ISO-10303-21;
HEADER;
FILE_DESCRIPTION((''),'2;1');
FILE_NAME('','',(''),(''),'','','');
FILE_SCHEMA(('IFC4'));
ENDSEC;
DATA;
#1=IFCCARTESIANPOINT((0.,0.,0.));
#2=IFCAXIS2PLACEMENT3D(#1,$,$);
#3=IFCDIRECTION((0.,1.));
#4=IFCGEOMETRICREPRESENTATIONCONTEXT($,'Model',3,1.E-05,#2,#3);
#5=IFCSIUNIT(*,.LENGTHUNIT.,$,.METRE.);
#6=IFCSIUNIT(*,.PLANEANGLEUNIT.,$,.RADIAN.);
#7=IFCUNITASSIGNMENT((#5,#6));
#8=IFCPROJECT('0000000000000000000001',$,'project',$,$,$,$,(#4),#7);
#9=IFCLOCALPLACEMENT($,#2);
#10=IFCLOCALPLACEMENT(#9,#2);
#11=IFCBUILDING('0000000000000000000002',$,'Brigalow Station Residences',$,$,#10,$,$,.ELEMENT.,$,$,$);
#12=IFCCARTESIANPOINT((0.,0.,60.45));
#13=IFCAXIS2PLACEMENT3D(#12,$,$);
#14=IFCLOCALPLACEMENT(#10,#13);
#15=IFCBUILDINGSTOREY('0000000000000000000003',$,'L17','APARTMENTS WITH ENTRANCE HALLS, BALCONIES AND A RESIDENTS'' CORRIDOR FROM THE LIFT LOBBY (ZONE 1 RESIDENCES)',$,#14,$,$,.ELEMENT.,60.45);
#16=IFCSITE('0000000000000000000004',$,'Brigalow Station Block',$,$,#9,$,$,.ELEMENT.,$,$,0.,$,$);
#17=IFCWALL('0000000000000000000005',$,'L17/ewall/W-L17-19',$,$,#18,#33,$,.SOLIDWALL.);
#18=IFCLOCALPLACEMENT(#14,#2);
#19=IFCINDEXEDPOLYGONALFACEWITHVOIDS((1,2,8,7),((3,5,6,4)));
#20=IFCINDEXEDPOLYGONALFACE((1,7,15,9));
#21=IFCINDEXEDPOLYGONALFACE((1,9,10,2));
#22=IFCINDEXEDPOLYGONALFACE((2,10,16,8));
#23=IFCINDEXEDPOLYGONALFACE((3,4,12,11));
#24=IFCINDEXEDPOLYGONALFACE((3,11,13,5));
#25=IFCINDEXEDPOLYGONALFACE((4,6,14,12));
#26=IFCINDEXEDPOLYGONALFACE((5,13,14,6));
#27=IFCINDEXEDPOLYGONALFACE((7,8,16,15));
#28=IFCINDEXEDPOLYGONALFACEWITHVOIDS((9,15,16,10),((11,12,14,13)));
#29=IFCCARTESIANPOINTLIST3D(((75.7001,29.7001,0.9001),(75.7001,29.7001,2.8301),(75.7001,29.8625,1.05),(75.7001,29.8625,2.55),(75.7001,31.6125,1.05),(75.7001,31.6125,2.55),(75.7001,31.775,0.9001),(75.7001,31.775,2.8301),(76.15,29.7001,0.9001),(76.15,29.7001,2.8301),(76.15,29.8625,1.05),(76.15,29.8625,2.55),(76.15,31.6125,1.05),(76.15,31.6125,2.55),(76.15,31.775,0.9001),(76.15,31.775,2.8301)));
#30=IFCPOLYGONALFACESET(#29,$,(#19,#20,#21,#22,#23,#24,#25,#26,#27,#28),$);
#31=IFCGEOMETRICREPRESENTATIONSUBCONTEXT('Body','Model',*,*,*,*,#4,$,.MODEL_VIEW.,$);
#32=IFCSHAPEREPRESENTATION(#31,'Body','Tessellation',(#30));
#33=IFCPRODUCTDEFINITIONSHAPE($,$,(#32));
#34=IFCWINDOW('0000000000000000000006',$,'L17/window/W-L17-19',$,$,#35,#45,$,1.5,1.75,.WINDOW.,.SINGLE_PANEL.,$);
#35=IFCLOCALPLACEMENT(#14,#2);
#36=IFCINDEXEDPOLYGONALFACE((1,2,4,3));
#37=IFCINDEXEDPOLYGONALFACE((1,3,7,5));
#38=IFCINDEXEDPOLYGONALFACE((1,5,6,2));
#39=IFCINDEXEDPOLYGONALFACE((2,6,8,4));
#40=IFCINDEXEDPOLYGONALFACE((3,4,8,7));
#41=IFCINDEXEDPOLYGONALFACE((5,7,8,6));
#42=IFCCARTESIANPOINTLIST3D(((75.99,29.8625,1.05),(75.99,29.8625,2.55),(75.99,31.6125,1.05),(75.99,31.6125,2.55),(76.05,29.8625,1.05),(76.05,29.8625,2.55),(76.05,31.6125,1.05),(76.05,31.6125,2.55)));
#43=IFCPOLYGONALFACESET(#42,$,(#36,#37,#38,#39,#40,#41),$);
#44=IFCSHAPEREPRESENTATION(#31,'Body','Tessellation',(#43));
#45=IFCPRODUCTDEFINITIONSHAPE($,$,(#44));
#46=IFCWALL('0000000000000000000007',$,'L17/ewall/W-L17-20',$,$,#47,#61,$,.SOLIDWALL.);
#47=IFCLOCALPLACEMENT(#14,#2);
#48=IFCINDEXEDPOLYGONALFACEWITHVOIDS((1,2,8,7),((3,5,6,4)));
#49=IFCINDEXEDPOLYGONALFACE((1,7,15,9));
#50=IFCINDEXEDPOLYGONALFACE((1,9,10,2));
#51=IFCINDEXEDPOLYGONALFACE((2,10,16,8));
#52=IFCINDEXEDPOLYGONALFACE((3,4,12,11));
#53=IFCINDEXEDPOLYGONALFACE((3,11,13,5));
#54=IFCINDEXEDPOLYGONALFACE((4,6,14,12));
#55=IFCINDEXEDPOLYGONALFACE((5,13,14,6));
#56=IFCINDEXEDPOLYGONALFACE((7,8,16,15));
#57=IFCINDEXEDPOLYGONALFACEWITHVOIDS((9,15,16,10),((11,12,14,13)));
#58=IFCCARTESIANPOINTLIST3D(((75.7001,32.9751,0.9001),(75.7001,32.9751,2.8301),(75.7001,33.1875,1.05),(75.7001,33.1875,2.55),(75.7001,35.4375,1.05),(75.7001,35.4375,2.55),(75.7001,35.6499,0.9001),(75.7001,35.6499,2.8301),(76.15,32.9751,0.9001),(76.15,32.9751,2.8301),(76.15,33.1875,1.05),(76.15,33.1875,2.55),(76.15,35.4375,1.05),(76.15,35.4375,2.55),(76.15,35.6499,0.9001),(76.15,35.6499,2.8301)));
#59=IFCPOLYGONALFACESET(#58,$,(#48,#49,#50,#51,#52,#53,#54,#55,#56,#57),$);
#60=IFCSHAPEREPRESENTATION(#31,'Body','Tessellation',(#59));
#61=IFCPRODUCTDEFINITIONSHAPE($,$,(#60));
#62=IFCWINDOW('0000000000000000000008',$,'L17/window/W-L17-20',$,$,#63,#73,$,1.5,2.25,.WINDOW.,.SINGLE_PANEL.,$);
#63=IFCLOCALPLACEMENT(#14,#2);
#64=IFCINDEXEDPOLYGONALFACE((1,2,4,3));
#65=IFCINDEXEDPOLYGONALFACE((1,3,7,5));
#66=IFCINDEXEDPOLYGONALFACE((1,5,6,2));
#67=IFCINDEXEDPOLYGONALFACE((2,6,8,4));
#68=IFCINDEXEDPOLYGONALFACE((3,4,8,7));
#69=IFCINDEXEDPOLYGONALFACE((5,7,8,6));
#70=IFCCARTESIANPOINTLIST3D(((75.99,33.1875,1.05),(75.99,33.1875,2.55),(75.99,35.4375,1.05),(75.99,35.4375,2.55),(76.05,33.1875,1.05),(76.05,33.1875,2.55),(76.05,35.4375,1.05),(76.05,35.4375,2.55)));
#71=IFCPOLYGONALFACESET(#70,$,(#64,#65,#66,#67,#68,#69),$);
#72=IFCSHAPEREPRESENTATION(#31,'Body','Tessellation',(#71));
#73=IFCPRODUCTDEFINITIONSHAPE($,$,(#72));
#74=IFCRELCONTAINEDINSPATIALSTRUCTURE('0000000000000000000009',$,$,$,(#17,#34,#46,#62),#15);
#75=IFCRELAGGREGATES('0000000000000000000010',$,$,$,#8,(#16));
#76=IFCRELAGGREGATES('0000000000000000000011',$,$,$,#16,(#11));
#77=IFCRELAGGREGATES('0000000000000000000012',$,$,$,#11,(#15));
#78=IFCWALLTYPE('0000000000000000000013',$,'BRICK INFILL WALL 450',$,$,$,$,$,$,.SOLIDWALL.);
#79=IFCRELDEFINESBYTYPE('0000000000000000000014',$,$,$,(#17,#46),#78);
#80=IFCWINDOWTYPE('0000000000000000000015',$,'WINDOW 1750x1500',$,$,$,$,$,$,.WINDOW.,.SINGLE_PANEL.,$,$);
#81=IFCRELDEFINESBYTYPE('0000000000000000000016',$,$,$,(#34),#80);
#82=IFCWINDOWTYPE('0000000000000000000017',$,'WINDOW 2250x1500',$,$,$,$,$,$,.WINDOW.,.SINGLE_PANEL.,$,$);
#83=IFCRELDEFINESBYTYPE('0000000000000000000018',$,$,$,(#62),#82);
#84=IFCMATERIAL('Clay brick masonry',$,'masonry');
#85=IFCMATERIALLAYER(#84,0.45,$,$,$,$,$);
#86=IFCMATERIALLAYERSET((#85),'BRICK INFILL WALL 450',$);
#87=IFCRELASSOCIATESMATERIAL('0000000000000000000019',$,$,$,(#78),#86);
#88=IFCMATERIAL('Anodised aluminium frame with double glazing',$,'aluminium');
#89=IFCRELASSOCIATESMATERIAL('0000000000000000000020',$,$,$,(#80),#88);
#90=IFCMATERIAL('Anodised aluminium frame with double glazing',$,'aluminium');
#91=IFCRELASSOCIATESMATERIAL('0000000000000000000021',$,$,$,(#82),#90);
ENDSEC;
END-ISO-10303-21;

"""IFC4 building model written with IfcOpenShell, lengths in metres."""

from ifc_helpers import new_model, si_unit, direction, frame, frame_2d, origin, place, context, subcontext, project, spatial, rectangle, extrude, material, layer, layer_set, type_object, element, fill, save


model = new_model("IFC4")

# Units and contexts
model_context = context("Model", 3, precision=1e-05, world=origin(), true_north=direction((0.0, 1.0)))
body_context = subcontext(model_context, "Body", "Model", "MODEL_VIEW")
ifc_project = project(units=[si_unit("LENGTHUNIT", "METRE"), si_unit("PLANEANGLEUNIT", "RADIAN")], contexts=[model_context])

# Site, building, storey
site_placement = place(None, origin())
site = spatial("IfcSite", under=ifc_project, at=site_placement, Name="Brigalow Station Block", CompositionType="ELEMENT", RefElevation=0.0)
building_placement = place(site_placement, origin())
building = spatial("IfcBuilding", under=site, at=building_placement, Name="Brigalow Station Residences", CompositionType="ELEMENT")
storey_placement = place(building_placement, frame((0.0, 0.0, 60.45)))
storey = spatial("IfcBuildingStorey", under=building, at=storey_placement, Name="L17", Description="APARTMENTS WITH ENTRANCE HALLS, BALCONIES AND A RESIDENTS' CORRIDOR FROM THE LIFT LOBBY (ZONE 1 RESIDENCES)", CompositionType="ELEMENT", Elevation=60.45)

# Shared definitions
ifc_material_1 = material(Name="Clay brick masonry", Category="masonry")
ifc_layer = layer(ifc_material_1, 0.45)
ifc_layer_set = layer_set([ifc_layer], Name="BRICK INFILL WALL 450")
wall_type = type_object("IfcWallType", Name="BRICK INFILL WALL 450", PredefinedType="SOLIDWALL", material=ifc_layer_set)

# Walls, openings, windows
wall_1_placement = place(storey_placement, frame((75.925, 29.7, 0.9001), z_axis=(0.0, 0.0, 1.0), x_axis=(0.0, 1.0, 0.0)))
wall_1 = element("IfcWall", 1, at=wall_1_placement, inside=storey, type_object=wall_type, Name="L17/ewall/W-L17-19", PredefinedType="SOLIDWALL", context=body_context, shape_type="SweptSolid", body=[
    extrude(rectangle(XDim=2.075, YDim=0.45, at=frame_2d((1.0376, 0.0))), origin(), (0.0, 0.0, 1.0), 1.9299),
])
opening_1_placement = place(wall_1_placement, frame((0.1626, 0.0, 0.1499)))
opening_1 = element("IfcOpeningElement", 2, at=opening_1_placement, cuts=wall_1, PredefinedType="OPENING", context=body_context, shape_type="SweptSolid", body=[
    extrude(rectangle(XDim=1.75, YDim=1.5, at=frame_2d((0.875, 0.75))), frame((0.0, 0.2349, 0.0), z_axis=(0.0, -1.0, 0.0), x_axis=(1.0, 0.0, 0.0)), (0.0, 0.0, 1.0), 0.47),
])
ifc_material_2 = material(Name="Anodised aluminium frame with double glazing", Category="aluminium")
window_type_1 = type_object("IfcWindowType", Name="WINDOW 1750x1500", PartitioningType="SINGLE_PANEL", PredefinedType="WINDOW", material=ifc_material_2)
window_1_placement = place(opening_1_placement, origin())
window_1 = element("IfcWindow", 3, at=window_1_placement, inside=storey, type_object=window_type_1, Name="L17/window/W-L17-19", OverallHeight=1.5, OverallWidth=1.75, PartitioningType="SINGLE_PANEL", PredefinedType="WINDOW", context=body_context, shape_type="SweptSolid", body=[
    extrude(rectangle(XDim=1.75, YDim=1.5, at=frame_2d((0.875, 0.75))), frame((0.0, -0.0649, 0.0), z_axis=(0.0, -1.0, 0.0), x_axis=(1.0, 0.0, 0.0)), (0.0, 0.0, 1.0), 0.0601),
])
fill(opening_1, window_1)
wall_2_placement = place(storey_placement, frame((75.925, 32.9751, 0.9001), z_axis=(0.0, 0.0, 1.0), x_axis=(0.0, 1.0, 0.0)))
wall_2 = element("IfcWall", 4, at=wall_2_placement, inside=storey, type_object=wall_type, Name="L17/ewall/W-L17-20", PredefinedType="SOLIDWALL", context=body_context, shape_type="SweptSolid", body=[
    extrude(rectangle(XDim=2.6748, YDim=0.45, at=frame_2d((1.3374, 0.0))), origin(), (0.0, 0.0, 1.0), 1.9299),
])
opening_2_placement = place(wall_2_placement, frame((0.2124, 0.0, 0.1499)))
opening_2 = element("IfcOpeningElement", 5, at=opening_2_placement, cuts=wall_2, PredefinedType="OPENING", context=body_context, shape_type="SweptSolid", body=[
    extrude(rectangle(XDim=2.25, YDim=1.5, at=frame_2d((1.125, 0.75))), frame((0.0, 0.2349, 0.0), z_axis=(0.0, -1.0, 0.0), x_axis=(1.0, 0.0, 0.0)), (0.0, 0.0, 1.0), 0.47),
])
ifc_material_3 = material(Name="Anodised aluminium frame with double glazing", Category="aluminium")
window_type_2 = type_object("IfcWindowType", Name="WINDOW 2250x1500", PartitioningType="SINGLE_PANEL", PredefinedType="WINDOW", material=ifc_material_3)
window_2_placement = place(opening_2_placement, origin())
window_2 = element("IfcWindow", 6, at=window_2_placement, inside=storey, type_object=window_type_2, Name="L17/window/W-L17-20", OverallHeight=1.5, OverallWidth=2.25, PartitioningType="SINGLE_PANEL", PredefinedType="WINDOW", context=body_context, shape_type="SweptSolid", body=[
    extrude(rectangle(XDim=2.25, YDim=1.5, at=frame_2d((1.125, 0.75))), frame((0.0, -0.0649, 0.0), z_axis=(0.0, -1.0, 0.0), x_axis=(1.0, 0.0, 0.0)), (0.0, 0.0, 1.0), 0.0601),
])
fill(opening_2, window_2)

save(model, "model.ifc")
